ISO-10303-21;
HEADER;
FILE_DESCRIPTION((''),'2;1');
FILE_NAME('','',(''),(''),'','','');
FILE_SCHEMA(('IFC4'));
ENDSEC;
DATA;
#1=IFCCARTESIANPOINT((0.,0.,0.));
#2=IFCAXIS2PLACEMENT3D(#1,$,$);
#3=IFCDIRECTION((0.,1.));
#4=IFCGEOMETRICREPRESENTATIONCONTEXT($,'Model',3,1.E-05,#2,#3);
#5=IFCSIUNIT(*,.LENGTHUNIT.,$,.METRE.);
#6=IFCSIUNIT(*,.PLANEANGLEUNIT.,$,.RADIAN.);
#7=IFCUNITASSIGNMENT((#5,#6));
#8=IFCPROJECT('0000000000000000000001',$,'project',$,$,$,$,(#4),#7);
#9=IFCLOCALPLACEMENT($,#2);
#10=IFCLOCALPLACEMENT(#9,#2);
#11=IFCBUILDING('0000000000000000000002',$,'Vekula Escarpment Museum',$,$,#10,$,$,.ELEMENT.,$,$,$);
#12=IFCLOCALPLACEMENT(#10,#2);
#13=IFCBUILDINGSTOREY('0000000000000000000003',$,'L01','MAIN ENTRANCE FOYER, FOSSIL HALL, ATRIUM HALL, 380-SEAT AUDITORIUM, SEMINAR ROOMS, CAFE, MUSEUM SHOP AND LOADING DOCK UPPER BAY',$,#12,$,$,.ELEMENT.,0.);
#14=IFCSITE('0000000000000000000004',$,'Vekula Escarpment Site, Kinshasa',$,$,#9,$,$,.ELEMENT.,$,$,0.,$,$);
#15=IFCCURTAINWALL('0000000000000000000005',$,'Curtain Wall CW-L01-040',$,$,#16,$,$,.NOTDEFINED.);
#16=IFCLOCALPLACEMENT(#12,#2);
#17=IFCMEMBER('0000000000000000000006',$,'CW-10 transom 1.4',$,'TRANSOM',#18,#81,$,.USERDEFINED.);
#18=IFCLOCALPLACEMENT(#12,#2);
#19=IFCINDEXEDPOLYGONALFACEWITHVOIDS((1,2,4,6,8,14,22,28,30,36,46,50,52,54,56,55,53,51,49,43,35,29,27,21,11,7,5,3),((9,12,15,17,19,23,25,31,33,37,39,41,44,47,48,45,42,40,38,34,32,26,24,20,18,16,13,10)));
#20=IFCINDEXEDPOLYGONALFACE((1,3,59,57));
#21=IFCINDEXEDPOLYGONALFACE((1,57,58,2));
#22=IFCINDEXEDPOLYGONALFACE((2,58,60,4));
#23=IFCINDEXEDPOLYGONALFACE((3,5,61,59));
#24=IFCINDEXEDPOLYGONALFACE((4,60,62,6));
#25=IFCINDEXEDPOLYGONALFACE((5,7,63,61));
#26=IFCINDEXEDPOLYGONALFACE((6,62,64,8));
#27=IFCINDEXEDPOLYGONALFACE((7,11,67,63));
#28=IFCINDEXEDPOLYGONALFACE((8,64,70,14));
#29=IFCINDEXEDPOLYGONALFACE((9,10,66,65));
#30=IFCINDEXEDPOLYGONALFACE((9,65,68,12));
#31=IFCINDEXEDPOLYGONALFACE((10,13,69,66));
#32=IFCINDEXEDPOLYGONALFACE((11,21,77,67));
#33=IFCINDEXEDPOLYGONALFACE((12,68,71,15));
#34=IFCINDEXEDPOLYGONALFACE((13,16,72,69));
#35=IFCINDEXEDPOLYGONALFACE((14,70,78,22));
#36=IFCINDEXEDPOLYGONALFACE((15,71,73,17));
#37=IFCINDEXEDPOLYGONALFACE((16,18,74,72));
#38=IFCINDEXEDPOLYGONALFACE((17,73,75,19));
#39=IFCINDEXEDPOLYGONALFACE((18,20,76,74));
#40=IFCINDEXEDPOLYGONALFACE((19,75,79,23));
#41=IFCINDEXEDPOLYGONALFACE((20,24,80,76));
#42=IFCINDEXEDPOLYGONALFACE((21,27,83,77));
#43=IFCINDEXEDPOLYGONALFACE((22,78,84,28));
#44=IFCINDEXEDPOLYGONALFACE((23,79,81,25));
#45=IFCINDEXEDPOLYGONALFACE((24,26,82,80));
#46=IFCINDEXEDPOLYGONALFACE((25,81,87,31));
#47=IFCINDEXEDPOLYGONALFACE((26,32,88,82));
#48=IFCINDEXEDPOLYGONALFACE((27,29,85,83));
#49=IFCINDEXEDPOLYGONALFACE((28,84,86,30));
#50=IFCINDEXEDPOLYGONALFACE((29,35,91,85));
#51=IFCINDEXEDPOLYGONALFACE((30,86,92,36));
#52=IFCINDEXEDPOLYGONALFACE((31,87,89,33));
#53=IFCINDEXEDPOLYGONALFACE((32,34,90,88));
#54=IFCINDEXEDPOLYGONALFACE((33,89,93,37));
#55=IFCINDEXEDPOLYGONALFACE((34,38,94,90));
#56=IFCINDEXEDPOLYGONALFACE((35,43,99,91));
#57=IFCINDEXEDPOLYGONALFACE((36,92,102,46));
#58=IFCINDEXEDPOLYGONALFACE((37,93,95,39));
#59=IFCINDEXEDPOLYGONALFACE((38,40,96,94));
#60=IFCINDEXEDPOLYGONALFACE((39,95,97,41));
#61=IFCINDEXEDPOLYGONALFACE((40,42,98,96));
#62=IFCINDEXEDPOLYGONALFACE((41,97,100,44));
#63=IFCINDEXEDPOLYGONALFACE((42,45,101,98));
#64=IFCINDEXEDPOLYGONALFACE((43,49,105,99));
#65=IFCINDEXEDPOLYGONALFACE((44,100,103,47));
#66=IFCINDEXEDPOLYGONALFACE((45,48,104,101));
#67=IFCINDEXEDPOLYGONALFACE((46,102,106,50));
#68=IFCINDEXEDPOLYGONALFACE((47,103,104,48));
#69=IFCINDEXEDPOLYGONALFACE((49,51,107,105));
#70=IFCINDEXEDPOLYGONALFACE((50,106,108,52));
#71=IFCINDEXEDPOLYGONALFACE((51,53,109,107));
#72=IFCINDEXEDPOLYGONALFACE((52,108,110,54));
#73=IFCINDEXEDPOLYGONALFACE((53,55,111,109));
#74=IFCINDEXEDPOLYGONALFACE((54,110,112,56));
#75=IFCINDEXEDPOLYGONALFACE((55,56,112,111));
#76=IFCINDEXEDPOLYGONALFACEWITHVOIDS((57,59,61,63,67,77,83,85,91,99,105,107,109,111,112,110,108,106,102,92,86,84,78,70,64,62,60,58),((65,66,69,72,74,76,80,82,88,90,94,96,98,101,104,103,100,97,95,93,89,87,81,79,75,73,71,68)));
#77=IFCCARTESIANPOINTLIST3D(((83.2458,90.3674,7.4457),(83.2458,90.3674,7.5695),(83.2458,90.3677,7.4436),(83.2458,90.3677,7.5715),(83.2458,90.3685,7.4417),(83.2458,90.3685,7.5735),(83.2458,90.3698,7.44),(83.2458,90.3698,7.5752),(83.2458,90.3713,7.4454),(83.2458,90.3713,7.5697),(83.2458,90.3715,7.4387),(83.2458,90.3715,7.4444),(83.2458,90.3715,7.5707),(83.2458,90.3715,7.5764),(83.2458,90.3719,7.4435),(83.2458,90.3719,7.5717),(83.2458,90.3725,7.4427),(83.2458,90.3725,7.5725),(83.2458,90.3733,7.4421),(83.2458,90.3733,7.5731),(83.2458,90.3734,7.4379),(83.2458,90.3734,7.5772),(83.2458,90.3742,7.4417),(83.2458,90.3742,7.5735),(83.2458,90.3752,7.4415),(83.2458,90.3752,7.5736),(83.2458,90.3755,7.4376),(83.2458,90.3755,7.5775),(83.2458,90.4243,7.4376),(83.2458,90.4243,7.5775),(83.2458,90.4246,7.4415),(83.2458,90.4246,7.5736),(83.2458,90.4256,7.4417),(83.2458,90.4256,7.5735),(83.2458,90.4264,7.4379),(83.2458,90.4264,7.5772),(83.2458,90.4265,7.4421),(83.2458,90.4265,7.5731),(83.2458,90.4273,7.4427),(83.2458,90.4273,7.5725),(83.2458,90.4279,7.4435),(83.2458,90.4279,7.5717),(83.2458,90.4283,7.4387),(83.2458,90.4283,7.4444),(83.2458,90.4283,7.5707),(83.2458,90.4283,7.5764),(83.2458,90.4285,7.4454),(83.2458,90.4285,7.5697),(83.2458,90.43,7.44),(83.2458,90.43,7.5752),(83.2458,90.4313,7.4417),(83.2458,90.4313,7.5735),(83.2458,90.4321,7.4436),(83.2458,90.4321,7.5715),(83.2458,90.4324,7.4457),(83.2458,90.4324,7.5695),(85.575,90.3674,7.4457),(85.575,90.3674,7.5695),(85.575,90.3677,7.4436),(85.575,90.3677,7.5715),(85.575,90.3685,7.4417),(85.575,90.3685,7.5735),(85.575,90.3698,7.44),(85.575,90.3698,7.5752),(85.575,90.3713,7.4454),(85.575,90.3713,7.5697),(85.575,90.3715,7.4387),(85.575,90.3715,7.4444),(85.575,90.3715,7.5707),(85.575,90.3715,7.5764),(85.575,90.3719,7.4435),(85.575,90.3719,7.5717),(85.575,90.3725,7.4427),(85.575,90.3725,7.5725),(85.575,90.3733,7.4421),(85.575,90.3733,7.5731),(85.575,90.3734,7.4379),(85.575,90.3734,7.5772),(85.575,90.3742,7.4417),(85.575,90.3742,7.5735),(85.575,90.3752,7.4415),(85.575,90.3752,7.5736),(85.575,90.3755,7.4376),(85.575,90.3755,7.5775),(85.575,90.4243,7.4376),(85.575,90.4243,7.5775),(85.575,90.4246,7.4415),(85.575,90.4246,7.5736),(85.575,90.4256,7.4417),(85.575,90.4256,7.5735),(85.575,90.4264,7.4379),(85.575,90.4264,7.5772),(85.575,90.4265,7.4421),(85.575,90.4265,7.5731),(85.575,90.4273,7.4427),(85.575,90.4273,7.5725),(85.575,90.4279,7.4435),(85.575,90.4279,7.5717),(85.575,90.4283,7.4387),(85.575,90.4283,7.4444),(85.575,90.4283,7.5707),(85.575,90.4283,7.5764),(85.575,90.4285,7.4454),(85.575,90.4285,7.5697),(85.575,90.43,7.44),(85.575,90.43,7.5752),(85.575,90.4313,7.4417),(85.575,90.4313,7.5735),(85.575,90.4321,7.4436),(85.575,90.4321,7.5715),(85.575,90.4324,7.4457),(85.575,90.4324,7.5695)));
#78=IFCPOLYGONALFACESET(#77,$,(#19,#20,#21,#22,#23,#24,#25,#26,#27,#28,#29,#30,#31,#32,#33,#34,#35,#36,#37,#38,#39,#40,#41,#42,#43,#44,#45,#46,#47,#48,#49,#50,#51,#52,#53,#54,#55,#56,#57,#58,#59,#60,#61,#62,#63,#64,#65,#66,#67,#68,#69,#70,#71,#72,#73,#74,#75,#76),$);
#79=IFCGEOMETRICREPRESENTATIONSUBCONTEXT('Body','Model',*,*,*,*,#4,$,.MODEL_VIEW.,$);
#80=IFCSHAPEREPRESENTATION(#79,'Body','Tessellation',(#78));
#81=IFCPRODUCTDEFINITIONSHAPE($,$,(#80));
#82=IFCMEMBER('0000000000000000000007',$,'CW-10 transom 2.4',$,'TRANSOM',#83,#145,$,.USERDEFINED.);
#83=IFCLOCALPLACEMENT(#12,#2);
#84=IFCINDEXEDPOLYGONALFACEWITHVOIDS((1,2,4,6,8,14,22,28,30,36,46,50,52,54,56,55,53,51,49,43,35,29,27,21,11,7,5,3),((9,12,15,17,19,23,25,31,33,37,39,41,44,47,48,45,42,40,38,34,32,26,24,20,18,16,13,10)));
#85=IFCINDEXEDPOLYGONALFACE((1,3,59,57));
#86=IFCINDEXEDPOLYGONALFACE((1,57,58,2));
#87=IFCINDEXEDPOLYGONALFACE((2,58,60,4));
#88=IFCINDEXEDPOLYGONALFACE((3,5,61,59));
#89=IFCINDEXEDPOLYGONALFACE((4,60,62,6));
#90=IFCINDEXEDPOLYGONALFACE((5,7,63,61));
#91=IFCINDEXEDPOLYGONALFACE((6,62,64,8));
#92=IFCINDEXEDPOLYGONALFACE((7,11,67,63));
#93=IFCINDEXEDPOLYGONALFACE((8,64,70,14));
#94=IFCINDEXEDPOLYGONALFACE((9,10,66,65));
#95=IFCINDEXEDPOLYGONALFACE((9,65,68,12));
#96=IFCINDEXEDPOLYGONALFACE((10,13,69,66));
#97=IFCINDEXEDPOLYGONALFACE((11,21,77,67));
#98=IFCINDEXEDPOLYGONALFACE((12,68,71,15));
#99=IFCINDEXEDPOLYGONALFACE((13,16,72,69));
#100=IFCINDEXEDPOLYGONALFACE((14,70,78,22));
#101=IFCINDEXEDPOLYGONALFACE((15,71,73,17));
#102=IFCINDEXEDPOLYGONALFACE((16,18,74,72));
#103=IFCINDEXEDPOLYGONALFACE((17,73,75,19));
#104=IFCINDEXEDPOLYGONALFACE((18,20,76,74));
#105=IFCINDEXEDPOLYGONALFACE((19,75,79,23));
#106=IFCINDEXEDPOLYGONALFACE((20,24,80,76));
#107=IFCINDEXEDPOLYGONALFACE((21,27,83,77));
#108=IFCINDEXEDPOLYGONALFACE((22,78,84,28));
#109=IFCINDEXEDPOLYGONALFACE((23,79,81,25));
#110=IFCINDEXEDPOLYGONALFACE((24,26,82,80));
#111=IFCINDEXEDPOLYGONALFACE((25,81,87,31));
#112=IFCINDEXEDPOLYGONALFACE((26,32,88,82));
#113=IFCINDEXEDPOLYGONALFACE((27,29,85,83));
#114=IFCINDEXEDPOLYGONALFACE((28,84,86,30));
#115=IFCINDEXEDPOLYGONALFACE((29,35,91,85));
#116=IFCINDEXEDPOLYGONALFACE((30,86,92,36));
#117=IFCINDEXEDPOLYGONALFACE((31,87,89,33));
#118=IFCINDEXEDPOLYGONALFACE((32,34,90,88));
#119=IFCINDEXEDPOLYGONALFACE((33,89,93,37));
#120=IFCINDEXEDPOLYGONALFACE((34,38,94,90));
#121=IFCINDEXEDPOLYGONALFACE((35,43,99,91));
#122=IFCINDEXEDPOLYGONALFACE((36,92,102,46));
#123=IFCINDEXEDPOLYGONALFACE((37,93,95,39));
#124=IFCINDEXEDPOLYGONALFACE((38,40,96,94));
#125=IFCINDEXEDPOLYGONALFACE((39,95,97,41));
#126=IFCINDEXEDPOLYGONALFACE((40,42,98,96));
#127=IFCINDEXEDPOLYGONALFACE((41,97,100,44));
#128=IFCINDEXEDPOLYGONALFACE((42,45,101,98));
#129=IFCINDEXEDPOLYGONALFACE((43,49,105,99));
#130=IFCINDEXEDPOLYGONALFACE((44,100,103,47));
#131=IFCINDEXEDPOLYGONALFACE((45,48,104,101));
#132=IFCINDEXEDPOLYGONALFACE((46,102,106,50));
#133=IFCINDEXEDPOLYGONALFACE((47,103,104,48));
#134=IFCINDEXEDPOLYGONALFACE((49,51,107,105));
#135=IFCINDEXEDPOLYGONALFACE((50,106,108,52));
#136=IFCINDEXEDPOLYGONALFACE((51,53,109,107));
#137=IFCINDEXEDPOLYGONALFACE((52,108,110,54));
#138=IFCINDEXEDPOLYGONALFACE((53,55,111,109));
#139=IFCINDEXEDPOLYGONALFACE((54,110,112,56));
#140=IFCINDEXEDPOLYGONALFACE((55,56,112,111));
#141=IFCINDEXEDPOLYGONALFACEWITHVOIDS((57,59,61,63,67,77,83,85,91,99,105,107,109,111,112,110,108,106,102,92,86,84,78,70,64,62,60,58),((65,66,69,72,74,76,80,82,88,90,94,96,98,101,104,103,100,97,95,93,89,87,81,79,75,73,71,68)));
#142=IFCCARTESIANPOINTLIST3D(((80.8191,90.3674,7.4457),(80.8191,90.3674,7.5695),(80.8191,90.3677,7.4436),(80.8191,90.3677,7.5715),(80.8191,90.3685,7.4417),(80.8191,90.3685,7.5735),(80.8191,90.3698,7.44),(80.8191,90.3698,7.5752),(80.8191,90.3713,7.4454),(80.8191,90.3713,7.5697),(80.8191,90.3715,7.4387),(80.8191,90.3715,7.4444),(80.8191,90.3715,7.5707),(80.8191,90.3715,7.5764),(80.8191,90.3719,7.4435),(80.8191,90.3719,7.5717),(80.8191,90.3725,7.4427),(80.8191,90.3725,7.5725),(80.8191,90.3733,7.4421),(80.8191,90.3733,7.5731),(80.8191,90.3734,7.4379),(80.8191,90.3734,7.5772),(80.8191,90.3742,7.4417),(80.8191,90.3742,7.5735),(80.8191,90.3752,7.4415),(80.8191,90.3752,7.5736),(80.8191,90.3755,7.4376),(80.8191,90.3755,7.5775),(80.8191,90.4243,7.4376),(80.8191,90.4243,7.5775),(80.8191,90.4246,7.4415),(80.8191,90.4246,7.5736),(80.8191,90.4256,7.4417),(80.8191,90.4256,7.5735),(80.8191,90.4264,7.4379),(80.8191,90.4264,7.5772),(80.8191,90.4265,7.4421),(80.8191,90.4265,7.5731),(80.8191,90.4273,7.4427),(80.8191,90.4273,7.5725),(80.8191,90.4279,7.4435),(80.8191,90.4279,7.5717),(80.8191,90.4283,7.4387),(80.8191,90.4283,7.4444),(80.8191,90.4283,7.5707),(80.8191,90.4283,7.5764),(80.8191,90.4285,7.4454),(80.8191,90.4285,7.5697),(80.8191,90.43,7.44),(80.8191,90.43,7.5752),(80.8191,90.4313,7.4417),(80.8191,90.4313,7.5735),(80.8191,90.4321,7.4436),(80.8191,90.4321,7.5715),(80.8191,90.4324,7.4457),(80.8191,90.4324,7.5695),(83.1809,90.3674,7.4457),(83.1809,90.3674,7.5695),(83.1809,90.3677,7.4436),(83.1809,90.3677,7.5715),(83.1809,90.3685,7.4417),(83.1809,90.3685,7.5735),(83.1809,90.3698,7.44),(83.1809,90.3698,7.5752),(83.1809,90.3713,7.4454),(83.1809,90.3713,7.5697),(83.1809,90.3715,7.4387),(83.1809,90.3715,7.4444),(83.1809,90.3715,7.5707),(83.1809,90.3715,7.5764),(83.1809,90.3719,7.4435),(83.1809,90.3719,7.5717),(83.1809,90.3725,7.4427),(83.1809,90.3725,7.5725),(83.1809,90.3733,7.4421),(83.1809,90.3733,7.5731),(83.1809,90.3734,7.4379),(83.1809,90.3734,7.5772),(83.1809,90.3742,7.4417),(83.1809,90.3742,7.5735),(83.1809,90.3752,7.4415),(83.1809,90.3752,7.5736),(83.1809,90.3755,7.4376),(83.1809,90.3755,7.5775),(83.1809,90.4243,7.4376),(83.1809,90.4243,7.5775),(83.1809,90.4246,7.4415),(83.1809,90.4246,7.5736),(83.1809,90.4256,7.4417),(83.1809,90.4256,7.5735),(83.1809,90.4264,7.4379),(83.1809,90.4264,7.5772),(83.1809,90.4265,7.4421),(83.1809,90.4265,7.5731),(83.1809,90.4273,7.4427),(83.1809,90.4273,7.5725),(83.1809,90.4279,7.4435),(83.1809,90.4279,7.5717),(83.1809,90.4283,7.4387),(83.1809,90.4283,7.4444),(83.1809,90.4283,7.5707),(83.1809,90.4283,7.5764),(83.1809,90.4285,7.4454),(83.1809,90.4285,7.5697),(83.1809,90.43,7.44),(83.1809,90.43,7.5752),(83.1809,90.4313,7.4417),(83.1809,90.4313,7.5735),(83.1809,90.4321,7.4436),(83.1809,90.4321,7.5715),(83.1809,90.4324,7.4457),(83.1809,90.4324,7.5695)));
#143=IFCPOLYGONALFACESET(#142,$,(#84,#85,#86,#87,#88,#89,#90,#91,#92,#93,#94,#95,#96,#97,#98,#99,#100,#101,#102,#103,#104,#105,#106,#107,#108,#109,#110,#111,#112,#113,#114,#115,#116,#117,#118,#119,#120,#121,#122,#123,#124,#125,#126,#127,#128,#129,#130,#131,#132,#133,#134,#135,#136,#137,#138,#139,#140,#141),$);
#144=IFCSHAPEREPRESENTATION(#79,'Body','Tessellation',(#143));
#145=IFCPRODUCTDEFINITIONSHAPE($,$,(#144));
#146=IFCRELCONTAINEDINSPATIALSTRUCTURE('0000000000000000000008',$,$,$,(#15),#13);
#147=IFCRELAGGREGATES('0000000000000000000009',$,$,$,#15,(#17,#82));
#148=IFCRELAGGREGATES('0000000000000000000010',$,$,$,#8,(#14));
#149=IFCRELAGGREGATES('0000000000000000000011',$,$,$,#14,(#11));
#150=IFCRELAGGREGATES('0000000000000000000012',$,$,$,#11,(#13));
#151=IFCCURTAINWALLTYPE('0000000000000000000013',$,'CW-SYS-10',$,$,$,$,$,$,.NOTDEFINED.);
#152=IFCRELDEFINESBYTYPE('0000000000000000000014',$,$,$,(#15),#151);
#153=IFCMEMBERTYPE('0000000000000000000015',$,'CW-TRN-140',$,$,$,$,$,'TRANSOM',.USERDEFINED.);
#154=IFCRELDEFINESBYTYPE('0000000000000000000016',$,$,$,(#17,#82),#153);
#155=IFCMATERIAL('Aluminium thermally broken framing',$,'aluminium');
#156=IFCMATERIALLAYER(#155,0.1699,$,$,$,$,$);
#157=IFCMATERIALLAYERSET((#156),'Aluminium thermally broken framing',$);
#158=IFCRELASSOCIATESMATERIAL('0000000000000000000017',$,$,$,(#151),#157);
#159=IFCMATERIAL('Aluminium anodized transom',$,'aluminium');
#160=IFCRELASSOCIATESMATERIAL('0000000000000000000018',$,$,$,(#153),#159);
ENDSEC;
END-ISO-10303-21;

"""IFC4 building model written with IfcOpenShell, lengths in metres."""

from ifc_helpers import new_model, si_unit, direction, frame, origin, origin_2d, place, context, subcontext, project, spatial, hollow_rectangle, extrude, material, layer, layer_set, material_profile, profile_set, type_object, element, aggregate, save


model = new_model("IFC4")

# Units and contexts
model_context = context("Model", 3, precision=1e-05, world=origin(), true_north=direction((0.0, 1.0)))
body_context = subcontext(model_context, "Body", "Model", "MODEL_VIEW")
ifc_project = project(units=[si_unit("LENGTHUNIT", "METRE"), si_unit("PLANEANGLEUNIT", "RADIAN")], contexts=[model_context])

# Site, building, storey
site_placement = place(None, origin())
site = spatial("IfcSite", under=ifc_project, at=site_placement, Name="Vekula Escarpment Site, Kinshasa", CompositionType="ELEMENT", RefElevation=0.0)
building_placement = place(site_placement, origin())
building = spatial("IfcBuilding", under=site, at=building_placement, Name="Vekula Escarpment Museum", CompositionType="ELEMENT")
storey_placement = place(building_placement, origin())
storey = spatial("IfcBuildingStorey", under=building, at=storey_placement, Name="L01", Description="MAIN ENTRANCE FOYER, FOSSIL HALL, ATRIUM HALL, 380-SEAT AUDITORIUM, SEMINAR ROOMS, CAFE, MUSEUM SHOP AND LOADING DOCK UPPER BAY", CompositionType="ELEMENT", Elevation=0.0)

# Curtain wall
ifc_material_1 = material(Name="Aluminium thermally broken framing", Category="aluminium")
ifc_layer_1 = layer(ifc_material_1, 0.1699)
ifc_layer_set_1 = layer_set([ifc_layer_1], Name="Aluminium thermally broken framing")
curtain_wall_type_1 = type_object("IfcCurtainWallType", Name="CW-SYS-10", PredefinedType="NOTDEFINED", material=ifc_layer_set_1)
curtain_wall_1_placement = place(storey_placement, origin())
curtain_wall_1 = element("IfcCurtainWall", 1, at=curtain_wall_1_placement, inside=storey, type_object=curtain_wall_type_1, Name="Curtain Wall CW-L01-040", PredefinedType="NOTDEFINED")

# Members
ifc_material_2 = material(Name="Aluminium anodized transom", Category="aluminium")
ifc_material_profile_1 = material_profile(ifc_material_2, hollow_rectangle(XDim=0.0649, YDim=0.1399, WallThickness=0.0039, InnerFilletRadius=0.0039, OuterFilletRadius=0.0081, at=origin_2d()), Name="ALU 140x65x4")
ifc_profile_set_1 = profile_set([ifc_material_profile_1], Name="Aluminium anodized transom")
member_type_1 = type_object("IfcMemberType", Name="CW-TRN-140", ElementType="TRANSOM", PredefinedType="USERDEFINED", material=ifc_profile_set_1)
member_1_placement = place(storey_placement, frame((85.575, 90.3999, 7.5076), z_axis=(-1.0, 0.0, 0.0), x_axis=(0.0, -1.0, 0.0)))
member_1 = element("IfcMember", 2, at=member_1_placement, type_object=member_type_1, Name="CW-10 transom 1.4", ObjectType="TRANSOM", PredefinedType="USERDEFINED", context=body_context, shape_type="SweptSolid", body=[
    extrude(hollow_rectangle(XDim=0.0649, YDim=0.1399, WallThickness=0.0039, InnerFilletRadius=0.0039, OuterFilletRadius=0.0081, at=origin_2d()), origin(), (0.0, 0.0, 1.0), 2.3291),
])
member_2_placement = place(storey_placement, frame((83.1809, 90.3999, 7.5076), z_axis=(-1.0, 0.0, 0.0), x_axis=(0.0, -1.0, 0.0)))
member_2 = element("IfcMember", 3, at=member_2_placement, type_object=member_type_1, Name="CW-10 transom 2.4", ObjectType="TRANSOM", PredefinedType="USERDEFINED", context=body_context, shape_type="SweptSolid", body=[
    extrude(hollow_rectangle(XDim=0.0649, YDim=0.1399, WallThickness=0.0039, InnerFilletRadius=0.0039, OuterFilletRadius=0.0081, at=origin_2d()), origin(), (0.0, 0.0, 1.0), 2.3618),
])

aggregate(curtain_wall_1, [member_1, member_2])

save(model, "model.ifc")
